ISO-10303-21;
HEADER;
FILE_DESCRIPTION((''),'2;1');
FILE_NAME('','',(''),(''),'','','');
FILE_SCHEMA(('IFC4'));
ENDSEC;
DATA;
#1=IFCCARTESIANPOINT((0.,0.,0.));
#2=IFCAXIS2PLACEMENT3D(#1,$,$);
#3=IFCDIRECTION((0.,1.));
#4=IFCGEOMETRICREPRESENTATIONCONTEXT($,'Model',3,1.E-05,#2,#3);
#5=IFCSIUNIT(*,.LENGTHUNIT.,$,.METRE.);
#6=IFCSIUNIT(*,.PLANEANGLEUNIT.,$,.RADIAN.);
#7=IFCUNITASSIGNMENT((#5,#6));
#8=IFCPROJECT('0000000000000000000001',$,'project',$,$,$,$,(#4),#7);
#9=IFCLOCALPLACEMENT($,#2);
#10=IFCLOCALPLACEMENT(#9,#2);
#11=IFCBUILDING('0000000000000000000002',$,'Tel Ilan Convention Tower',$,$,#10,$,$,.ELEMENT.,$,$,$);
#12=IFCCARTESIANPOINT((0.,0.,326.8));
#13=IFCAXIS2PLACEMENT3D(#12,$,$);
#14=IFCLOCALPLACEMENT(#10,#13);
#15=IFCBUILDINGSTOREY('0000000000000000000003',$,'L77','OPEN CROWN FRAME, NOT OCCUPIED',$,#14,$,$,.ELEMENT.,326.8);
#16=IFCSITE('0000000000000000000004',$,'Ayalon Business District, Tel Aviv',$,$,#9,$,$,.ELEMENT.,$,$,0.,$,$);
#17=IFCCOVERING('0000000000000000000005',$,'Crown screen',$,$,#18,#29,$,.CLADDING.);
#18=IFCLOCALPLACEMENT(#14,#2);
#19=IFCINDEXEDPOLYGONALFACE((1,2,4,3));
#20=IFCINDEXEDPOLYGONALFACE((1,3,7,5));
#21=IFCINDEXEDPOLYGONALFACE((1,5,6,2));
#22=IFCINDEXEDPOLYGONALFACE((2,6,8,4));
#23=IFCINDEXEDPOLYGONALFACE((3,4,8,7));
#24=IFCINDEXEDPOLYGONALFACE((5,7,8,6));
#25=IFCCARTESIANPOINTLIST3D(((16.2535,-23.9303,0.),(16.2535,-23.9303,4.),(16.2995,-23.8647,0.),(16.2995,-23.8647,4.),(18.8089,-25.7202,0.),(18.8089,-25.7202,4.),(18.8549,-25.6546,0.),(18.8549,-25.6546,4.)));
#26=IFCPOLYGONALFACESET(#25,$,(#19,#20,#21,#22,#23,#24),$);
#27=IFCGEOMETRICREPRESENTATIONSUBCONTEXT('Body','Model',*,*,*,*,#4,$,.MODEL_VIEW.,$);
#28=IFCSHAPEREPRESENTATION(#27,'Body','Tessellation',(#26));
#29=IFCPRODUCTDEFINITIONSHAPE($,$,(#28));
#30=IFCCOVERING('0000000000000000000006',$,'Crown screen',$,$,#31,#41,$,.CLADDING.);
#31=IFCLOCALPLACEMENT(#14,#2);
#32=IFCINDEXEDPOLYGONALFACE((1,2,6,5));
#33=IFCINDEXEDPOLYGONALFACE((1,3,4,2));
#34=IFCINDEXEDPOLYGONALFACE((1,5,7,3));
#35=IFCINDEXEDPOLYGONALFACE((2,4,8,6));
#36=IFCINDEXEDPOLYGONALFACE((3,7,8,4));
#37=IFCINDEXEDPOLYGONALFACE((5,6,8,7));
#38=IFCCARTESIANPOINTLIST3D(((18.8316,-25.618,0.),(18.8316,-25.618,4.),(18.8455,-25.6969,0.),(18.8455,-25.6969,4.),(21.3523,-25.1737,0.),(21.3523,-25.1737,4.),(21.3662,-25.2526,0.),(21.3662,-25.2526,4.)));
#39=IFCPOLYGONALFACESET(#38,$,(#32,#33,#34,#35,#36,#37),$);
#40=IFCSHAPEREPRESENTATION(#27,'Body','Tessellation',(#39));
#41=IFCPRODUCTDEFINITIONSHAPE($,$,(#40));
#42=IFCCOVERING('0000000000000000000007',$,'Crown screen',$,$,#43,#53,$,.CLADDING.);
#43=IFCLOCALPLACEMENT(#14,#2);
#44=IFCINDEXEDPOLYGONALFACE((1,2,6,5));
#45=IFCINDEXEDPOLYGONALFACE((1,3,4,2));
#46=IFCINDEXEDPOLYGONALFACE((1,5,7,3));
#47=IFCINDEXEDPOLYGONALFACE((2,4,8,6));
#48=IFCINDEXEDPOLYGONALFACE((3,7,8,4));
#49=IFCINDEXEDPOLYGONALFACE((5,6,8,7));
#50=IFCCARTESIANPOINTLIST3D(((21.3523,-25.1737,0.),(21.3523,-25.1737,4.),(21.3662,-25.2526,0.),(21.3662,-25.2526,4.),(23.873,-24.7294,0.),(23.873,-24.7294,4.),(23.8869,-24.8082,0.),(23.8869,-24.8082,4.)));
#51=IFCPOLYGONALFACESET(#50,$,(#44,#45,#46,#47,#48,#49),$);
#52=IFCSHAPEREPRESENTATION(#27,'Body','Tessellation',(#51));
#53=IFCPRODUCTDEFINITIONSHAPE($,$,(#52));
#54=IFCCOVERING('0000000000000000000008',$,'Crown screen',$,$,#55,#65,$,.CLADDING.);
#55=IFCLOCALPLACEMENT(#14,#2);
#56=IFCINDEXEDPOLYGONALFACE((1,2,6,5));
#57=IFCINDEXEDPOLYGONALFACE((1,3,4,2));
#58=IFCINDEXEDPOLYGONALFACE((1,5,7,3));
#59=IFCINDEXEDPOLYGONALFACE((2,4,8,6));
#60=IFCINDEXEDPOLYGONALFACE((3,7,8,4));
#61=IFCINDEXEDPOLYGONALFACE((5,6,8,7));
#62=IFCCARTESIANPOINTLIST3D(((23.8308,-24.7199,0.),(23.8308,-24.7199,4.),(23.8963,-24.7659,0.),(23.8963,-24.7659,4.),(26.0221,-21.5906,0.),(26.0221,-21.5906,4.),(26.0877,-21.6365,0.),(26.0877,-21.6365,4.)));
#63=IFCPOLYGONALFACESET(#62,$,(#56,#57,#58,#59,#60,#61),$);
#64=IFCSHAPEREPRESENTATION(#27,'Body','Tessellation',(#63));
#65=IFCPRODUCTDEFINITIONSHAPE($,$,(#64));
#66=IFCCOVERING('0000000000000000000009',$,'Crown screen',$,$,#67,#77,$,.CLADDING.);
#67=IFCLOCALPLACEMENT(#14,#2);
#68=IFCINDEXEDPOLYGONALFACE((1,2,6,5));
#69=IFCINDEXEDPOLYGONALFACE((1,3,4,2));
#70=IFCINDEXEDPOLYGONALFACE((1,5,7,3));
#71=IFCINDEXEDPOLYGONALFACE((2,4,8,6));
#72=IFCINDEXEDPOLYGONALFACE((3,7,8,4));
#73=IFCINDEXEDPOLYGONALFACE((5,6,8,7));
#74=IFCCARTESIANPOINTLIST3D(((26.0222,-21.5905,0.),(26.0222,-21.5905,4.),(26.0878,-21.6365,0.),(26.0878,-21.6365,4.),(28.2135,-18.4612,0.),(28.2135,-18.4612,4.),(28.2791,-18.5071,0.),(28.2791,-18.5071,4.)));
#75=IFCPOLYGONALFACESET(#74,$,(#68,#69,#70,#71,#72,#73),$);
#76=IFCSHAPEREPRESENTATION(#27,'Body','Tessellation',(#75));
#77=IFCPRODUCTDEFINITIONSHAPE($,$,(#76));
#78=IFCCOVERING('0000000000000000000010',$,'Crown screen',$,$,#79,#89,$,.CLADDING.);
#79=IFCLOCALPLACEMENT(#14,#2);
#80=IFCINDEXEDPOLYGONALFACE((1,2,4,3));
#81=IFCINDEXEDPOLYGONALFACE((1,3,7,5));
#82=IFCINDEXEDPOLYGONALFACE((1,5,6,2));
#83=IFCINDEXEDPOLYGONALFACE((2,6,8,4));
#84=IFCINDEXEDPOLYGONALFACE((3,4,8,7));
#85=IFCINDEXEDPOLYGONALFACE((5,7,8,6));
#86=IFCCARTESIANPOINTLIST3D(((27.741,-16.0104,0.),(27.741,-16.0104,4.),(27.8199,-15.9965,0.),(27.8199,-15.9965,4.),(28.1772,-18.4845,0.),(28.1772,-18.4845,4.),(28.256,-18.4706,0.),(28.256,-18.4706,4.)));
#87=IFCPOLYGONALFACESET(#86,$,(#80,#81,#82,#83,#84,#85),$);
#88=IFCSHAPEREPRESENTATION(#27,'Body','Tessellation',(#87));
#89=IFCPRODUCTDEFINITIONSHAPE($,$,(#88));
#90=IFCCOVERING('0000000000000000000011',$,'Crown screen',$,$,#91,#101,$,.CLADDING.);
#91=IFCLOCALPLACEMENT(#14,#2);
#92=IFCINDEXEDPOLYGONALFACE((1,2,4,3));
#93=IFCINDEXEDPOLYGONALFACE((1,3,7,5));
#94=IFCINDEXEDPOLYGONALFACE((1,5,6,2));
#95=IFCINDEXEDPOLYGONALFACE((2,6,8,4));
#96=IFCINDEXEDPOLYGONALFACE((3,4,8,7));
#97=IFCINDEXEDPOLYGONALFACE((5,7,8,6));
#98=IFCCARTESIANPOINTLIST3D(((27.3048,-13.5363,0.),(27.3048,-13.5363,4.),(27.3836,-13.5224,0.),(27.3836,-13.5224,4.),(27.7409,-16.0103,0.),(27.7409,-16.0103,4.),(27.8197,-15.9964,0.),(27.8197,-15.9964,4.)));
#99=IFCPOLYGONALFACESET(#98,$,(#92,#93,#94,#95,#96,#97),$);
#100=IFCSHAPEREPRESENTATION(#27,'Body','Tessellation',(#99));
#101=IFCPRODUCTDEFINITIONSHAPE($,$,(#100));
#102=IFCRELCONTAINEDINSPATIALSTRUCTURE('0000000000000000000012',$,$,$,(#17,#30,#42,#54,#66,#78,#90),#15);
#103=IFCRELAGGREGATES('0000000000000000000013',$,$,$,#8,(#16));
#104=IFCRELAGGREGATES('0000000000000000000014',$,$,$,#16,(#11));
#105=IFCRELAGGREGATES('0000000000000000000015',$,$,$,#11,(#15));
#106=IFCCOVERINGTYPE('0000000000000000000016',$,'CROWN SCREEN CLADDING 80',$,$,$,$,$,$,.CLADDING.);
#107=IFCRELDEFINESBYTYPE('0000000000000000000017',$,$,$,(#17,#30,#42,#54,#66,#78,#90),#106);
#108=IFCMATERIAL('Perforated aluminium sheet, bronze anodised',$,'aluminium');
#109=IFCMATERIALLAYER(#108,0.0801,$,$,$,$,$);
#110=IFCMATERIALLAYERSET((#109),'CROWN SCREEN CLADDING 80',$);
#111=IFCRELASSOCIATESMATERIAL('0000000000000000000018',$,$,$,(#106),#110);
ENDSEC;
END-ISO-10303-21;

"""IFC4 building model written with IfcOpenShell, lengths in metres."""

from ifc_helpers import new_model, si_unit, direction, frame, origin, origin_2d, place, context, subcontext, project, spatial, rectangle, extrude, material, layer, layer_set, type_object, element, save


model = new_model("IFC4")

# Units and contexts
model_context = context("Model", 3, precision=1e-05, world=origin(), true_north=direction((0.0, 1.0)))
body_context = subcontext(model_context, "Body", "Model", "MODEL_VIEW")
ifc_project = project(units=[si_unit("LENGTHUNIT", "METRE"), si_unit("PLANEANGLEUNIT", "RADIAN")], contexts=[model_context])

# Site, building, storey
site_placement = place(None, origin())
site = spatial("IfcSite", under=ifc_project, at=site_placement, Name="Ayalon Business District, Tel Aviv", CompositionType="ELEMENT", RefElevation=0.0)
building_placement = place(site_placement, origin())
building = spatial("IfcBuilding", under=site, at=building_placement, Name="Tel Ilan Convention Tower", CompositionType="ELEMENT")
storey_placement = place(building_placement, frame((0.0, 0.0, 326.8)))
storey = spatial("IfcBuildingStorey", under=building, at=storey_placement, Name="L77", Description="OPEN CROWN FRAME, NOT OCCUPIED", CompositionType="ELEMENT", Elevation=326.8)

# Coverings
ifc_material_1 = material(Name="Perforated aluminium sheet, bronze anodised", Category="aluminium")
ifc_layer = layer(ifc_material_1, 0.0801)
ifc_layer_set = layer_set([ifc_layer], Name="CROWN SCREEN CLADDING 80")
covering_type = type_object("IfcCoveringType", Name="CROWN SCREEN CLADDING 80", PredefinedType="CLADDING", material=ifc_layer_set)
covering_1_placement = place(storey_placement, frame((17.5542, -24.7925, 0.0), z_axis=(0.0, 0.0, 1.0), x_axis=(0.81906, -0.573708, 0.0)))
element("IfcCovering", 1, at=covering_1_placement, inside=storey, type_object=covering_type, Name="Crown screen", PredefinedType="CLADDING", context=body_context, shape_type="SweptSolid", body=[
    extrude(rectangle(XDim=3.1199, YDim=0.0801, at=origin_2d()), origin(), (0.0, 0.0, 1.0), 4.0),
])
for number, where, z_axis, x_axis, name in (
    (2, (20.0989, -25.4353, 0.0), (0.0, 0.0, 1.0), (0.984817, 0.173598, 0.0), "Crown screen"),
    (3, (22.6196, -24.991, 0.0), (0.0, 0.0, 1.0), (0.984817, 0.173598, 0.0), "Crown screen"),
):
    element("IfcCovering", number, at=place(storey_placement, frame(where, z_axis=z_axis, x_axis=x_axis)), inside=storey, type_object=covering_type, Name=name, PredefinedType="CLADDING", context=body_context, shape_type="SweptSolid", body=[
        extrude(rectangle(XDim=2.5596, YDim=0.0801, at=origin_2d()), origin(), (0.0, 0.0, 1.0), 4.0),
    ])
for number, where, z_axis, x_axis, name in (
    (4, (24.9592, -23.1782, 0.0), (0.0, 0.0, 1.0), (0.573607, 0.81913, 0.0), "Crown screen"),
    (5, (27.1506, -20.0488, 0.0), (0.0, 0.0, 1.0), (0.573607, 0.81913, 0.0), "Crown screen"),
):
    element("IfcCovering", number, at=place(storey_placement, frame(where, z_axis=z_axis, x_axis=x_axis)), inside=storey, type_object=covering_type, Name=name, PredefinedType="CLADDING", context=body_context, shape_type="SweptSolid", body=[
        extrude(rectangle(XDim=3.8203, YDim=0.0801, at=origin_2d()), origin(), (0.0, 0.0, 1.0), 4.0),
    ])
for number, where, z_axis, x_axis, name in (
    (6, (27.9985, -17.2405, 0.0), (0.0, 0.0, 1.0), (-0.173598, 0.984817, 0.0), "Crown screen"),
    (7, (27.5623, -14.7664, 0.0), (0.0, 0.0, 1.0), (-0.173598, 0.984817, 0.0), "Crown screen"),
):
    element("IfcCovering", number, at=place(storey_placement, frame(where, z_axis=z_axis, x_axis=x_axis)), inside=storey, type_object=covering_type, Name=name, PredefinedType="CLADDING", context=body_context, shape_type="SweptSolid", body=[
        extrude(rectangle(XDim=2.5122, YDim=0.0801, at=origin_2d()), origin(), (0.0, 0.0, 1.0), 4.0),
    ])

save(model, "model.ifc")
